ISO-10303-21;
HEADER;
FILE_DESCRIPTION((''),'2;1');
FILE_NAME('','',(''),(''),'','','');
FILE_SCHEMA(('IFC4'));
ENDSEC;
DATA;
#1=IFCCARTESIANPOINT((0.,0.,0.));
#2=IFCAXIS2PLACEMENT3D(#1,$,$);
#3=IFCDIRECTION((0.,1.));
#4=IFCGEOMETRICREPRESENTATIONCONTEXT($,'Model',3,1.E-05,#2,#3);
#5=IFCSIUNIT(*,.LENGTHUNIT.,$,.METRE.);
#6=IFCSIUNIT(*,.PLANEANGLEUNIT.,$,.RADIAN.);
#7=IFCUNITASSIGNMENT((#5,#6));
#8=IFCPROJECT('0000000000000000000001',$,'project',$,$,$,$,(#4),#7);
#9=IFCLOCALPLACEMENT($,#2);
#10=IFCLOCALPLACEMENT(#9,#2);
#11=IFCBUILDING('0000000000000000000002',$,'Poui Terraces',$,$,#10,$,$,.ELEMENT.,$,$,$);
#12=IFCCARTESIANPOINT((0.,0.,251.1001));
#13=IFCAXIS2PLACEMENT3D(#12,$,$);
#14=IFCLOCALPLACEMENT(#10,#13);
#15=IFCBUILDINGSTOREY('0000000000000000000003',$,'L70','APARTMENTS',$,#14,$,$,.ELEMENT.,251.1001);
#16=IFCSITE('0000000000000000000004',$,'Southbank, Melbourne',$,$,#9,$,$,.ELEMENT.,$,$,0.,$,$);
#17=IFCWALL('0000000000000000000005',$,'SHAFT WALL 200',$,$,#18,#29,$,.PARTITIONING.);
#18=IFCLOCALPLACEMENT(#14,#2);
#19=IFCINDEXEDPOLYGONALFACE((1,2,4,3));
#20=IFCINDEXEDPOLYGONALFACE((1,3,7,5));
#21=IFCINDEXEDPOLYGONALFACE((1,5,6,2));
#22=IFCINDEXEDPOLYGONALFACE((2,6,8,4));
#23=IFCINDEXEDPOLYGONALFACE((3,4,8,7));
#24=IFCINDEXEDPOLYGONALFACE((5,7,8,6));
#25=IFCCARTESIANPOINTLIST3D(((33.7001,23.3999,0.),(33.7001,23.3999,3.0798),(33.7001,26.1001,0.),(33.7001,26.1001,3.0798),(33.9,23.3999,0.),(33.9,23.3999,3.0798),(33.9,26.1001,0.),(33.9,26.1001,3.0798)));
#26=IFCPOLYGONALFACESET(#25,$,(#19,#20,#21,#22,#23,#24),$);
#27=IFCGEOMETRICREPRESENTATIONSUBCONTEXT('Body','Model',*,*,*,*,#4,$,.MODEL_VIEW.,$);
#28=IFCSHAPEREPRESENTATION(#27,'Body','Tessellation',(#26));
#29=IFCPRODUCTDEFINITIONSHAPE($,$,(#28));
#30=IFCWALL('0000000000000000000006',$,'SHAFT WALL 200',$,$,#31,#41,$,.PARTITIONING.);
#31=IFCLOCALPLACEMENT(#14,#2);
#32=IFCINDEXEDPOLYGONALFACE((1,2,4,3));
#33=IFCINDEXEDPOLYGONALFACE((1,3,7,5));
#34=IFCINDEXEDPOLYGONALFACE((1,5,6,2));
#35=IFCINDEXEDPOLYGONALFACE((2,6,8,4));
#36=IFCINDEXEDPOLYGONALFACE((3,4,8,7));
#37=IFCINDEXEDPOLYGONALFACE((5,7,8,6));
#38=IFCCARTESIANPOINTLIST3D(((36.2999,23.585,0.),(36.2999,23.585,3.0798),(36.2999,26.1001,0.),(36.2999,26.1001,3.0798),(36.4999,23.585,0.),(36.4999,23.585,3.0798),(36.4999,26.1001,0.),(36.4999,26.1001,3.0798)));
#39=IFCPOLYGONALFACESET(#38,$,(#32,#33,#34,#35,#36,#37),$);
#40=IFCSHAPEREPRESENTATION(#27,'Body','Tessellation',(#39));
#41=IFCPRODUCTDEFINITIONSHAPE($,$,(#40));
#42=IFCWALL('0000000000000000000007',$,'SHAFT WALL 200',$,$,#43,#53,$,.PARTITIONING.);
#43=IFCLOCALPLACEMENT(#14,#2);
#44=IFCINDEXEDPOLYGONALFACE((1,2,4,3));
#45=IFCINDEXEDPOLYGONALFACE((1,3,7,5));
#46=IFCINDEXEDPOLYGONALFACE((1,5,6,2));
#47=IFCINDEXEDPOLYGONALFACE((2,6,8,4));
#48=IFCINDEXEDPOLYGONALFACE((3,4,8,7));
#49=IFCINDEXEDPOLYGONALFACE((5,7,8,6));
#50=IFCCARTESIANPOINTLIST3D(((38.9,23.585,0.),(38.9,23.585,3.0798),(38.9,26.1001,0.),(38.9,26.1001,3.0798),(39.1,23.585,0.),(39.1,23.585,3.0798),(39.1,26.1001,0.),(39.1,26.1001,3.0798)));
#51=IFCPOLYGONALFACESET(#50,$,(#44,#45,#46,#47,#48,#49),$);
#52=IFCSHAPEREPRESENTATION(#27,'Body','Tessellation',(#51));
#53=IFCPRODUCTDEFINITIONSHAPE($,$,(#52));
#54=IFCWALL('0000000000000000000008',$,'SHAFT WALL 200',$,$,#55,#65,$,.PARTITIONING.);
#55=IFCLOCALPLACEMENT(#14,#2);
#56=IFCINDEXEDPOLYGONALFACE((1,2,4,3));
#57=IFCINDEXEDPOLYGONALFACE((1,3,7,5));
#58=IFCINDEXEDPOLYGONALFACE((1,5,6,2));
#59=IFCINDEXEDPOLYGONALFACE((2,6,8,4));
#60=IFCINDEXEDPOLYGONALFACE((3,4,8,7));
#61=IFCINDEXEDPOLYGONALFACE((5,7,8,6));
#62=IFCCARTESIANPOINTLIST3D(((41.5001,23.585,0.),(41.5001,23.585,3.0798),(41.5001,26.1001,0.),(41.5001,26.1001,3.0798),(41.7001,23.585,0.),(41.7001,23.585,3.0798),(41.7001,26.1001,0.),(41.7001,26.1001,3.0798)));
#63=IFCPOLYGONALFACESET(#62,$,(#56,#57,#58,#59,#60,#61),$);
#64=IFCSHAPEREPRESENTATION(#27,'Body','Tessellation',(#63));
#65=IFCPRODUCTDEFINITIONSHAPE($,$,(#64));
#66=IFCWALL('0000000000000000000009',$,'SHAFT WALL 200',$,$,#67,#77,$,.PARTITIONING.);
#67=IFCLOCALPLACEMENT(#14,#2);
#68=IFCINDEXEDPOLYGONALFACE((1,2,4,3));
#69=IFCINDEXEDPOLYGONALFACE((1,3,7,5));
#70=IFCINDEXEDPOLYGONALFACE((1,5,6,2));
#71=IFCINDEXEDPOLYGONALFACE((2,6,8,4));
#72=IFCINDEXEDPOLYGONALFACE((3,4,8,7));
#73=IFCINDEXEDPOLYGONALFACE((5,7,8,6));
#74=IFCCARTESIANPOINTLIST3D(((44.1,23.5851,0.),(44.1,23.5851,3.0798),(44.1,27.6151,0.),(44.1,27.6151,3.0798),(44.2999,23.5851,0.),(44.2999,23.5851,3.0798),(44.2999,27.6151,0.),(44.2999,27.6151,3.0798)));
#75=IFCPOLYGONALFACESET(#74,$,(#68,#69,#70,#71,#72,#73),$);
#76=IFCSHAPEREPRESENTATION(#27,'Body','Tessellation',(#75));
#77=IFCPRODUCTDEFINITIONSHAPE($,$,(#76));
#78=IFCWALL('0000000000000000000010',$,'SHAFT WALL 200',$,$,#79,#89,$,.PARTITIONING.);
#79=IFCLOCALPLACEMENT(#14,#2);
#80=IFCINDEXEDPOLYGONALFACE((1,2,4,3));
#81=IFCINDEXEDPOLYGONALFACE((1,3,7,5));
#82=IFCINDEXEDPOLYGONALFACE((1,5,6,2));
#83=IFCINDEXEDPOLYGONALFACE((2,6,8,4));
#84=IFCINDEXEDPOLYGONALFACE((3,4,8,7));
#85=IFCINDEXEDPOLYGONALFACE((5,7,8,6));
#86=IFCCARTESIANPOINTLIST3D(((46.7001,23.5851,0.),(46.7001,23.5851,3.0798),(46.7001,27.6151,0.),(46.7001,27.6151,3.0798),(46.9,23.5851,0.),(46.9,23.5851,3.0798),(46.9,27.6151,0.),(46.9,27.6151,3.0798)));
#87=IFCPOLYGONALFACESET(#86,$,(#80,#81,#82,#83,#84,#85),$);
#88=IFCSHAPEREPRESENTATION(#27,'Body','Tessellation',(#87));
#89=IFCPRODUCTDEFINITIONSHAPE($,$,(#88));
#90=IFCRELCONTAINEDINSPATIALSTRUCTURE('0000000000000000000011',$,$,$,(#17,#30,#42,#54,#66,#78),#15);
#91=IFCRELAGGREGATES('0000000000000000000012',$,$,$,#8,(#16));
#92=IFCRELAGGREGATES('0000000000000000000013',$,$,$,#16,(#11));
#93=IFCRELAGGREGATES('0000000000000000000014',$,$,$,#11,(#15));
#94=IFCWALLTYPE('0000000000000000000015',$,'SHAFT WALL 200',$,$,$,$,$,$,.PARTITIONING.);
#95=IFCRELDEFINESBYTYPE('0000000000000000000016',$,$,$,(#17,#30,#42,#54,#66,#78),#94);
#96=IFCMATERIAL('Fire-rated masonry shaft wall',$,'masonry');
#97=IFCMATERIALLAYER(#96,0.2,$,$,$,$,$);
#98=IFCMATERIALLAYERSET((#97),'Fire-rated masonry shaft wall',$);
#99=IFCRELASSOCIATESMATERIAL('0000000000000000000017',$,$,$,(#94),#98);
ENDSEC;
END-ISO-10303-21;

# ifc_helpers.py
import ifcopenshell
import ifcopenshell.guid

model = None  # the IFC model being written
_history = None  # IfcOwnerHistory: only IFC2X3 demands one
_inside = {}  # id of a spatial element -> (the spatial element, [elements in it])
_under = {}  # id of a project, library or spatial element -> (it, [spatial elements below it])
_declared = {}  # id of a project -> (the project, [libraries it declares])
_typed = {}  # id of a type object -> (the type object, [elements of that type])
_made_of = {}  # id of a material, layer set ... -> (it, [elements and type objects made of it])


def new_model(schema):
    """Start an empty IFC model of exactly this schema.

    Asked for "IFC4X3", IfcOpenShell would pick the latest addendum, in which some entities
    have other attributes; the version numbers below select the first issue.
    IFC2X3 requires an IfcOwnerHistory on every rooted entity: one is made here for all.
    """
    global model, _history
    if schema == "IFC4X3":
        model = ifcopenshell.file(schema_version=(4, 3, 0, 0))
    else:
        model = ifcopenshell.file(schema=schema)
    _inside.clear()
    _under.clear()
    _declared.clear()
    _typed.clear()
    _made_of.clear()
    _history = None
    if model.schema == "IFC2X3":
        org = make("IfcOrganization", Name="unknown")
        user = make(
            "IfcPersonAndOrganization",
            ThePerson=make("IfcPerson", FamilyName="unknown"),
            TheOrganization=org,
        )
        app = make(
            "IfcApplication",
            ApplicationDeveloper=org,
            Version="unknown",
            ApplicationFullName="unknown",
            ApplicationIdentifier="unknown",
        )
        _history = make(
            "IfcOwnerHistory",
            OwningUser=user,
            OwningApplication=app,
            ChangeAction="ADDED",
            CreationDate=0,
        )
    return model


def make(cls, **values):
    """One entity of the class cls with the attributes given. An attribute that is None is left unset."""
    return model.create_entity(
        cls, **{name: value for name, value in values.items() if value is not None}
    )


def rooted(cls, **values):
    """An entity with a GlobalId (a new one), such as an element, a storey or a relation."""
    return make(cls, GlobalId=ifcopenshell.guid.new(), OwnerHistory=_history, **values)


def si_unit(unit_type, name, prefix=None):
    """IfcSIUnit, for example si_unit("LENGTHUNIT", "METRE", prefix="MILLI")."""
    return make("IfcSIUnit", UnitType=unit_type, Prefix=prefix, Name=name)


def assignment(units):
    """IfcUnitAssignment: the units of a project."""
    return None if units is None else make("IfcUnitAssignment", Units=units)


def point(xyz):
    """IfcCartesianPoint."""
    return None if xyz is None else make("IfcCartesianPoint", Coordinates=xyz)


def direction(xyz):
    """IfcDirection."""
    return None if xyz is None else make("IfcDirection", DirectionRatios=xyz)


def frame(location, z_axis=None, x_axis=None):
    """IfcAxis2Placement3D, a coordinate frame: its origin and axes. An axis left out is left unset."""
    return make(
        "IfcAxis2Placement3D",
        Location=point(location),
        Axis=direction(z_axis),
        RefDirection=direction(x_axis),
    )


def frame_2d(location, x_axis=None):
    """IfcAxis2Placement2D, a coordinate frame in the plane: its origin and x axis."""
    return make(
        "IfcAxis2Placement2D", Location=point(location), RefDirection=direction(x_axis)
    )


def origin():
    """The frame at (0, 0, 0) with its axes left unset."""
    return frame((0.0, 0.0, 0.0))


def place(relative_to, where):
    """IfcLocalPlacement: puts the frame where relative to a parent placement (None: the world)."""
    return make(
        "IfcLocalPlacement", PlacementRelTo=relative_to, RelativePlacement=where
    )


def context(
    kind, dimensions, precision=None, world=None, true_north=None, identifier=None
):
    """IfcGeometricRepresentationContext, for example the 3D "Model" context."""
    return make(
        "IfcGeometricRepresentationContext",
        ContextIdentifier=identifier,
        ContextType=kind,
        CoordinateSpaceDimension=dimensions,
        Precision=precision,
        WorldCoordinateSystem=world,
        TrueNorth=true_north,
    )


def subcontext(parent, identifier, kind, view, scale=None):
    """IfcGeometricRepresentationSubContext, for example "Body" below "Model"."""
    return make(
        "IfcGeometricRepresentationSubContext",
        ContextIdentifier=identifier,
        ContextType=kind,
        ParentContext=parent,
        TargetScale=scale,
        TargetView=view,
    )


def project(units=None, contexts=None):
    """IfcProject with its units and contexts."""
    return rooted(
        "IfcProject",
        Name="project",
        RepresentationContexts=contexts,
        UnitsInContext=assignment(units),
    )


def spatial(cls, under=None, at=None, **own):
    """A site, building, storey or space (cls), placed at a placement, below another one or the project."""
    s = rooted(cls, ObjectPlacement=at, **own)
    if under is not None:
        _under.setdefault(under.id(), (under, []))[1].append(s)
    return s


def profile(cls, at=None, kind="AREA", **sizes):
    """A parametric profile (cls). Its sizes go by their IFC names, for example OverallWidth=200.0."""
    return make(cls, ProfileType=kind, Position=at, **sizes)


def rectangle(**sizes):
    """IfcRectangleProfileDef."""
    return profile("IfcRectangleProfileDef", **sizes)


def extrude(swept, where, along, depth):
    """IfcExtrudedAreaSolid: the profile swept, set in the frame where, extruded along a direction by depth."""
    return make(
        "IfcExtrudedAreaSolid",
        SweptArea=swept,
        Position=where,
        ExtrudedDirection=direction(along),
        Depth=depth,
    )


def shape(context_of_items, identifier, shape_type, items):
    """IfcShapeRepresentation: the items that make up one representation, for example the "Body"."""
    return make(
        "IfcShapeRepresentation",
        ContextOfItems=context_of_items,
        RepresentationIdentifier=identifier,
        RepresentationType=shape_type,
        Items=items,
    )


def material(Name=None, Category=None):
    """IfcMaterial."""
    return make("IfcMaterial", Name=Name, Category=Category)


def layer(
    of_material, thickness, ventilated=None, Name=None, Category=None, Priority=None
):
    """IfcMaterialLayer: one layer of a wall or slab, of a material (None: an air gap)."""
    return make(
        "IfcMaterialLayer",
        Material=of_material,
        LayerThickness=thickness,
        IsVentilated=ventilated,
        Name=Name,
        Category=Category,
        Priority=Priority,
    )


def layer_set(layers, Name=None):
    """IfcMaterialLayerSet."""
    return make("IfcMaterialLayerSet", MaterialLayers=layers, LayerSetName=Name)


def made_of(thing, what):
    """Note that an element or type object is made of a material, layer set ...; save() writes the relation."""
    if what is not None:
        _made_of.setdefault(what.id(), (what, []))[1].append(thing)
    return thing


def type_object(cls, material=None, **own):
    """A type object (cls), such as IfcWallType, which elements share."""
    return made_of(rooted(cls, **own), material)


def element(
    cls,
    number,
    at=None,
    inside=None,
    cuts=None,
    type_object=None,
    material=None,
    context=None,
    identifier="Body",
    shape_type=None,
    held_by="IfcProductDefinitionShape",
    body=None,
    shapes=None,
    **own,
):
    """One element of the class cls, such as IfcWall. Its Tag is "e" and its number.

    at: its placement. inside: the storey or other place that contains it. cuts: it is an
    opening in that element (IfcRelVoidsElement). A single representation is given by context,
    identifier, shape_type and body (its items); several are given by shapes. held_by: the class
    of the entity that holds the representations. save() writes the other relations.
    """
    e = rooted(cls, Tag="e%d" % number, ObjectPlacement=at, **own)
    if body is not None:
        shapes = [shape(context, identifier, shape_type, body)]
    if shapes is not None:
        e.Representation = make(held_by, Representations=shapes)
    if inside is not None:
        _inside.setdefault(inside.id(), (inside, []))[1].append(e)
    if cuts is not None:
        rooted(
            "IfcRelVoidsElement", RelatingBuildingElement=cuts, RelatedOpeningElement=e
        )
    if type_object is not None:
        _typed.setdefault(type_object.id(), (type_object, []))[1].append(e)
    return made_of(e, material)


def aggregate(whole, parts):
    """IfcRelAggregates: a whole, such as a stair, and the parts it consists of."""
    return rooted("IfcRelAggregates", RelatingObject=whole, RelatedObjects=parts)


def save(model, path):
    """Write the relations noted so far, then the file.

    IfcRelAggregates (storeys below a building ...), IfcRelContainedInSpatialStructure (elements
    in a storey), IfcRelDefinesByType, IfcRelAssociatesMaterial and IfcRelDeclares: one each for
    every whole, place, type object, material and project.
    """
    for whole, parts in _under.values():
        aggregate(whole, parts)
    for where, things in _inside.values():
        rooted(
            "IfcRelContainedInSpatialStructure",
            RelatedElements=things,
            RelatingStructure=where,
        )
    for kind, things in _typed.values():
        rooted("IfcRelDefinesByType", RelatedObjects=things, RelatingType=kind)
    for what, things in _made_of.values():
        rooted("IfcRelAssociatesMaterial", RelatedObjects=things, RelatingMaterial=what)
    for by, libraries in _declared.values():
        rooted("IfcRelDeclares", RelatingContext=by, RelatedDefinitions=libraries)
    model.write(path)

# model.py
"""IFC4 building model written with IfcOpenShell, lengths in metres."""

from ifc_helpers import new_model, si_unit, direction, frame, frame_2d, origin, place, context, subcontext, project, spatial, rectangle, extrude, material, layer, layer_set, type_object, element, save


model = new_model("IFC4")

# Units and contexts
model_context = context("Model", 3, precision=1e-05, world=origin(), true_north=direction((0.0, 1.0)))
body_context = subcontext(model_context, "Body", "Model", "MODEL_VIEW")
ifc_project = project(units=[si_unit("LENGTHUNIT", "METRE"), si_unit("PLANEANGLEUNIT", "RADIAN")], contexts=[model_context])

# Site, building, storey
site_placement = place(None, origin())
site = spatial("IfcSite", under=ifc_project, at=site_placement, Name="Southbank, Melbourne", CompositionType="ELEMENT", RefElevation=0.0)
building_placement = place(site_placement, origin())
building = spatial("IfcBuilding", under=site, at=building_placement, Name="Poui Terraces", CompositionType="ELEMENT")
storey_placement = place(building_placement, frame((0.0, 0.0, 251.1001)))
storey = spatial("IfcBuildingStorey", under=building, at=storey_placement, Name="L70", Description="APARTMENTS", CompositionType="ELEMENT", Elevation=251.1001)

# Walls
ifc_material_1 = material(Name="Fire-rated masonry shaft wall", Category="masonry")
ifc_layer_1 = layer(ifc_material_1, 0.2)
ifc_layer_set_1 = layer_set([ifc_layer_1], Name="Fire-rated masonry shaft wall")
wall_type_1 = type_object("IfcWallType", Name="SHAFT WALL 200", PredefinedType="PARTITIONING", material=ifc_layer_set_1)
wall_1_placement = place(storey_placement, frame((33.8, 23.3999, 0.0), z_axis=(0.0, 0.0, 1.0), x_axis=(0.0, 1.0, 0.0)))
element("IfcWall", 1, at=wall_1_placement, inside=storey, type_object=wall_type_1, Name="SHAFT WALL 200", PredefinedType="PARTITIONING", context=body_context, shape_type="SweptSolid", body=[
    extrude(rectangle(XDim=2.7002, YDim=0.2, at=frame_2d((1.3501, 0.0))), origin(), (0.0, 0.0, 1.0), 3.0798),
])
for number, where, z_axis, x_axis, name in (
    (2, (36.3999, 23.585, 0.0), (0.0, 0.0, 1.0), (0.0, 1.0, 0.0), "SHAFT WALL 200"),
    (3, (39.0, 23.585, 0.0), (0.0, 0.0, 1.0), (0.0, 1.0, 0.0), "SHAFT WALL 200"),
    (4, (41.6001, 23.585, 0.0), (0.0, 0.0, 1.0), (0.0, 1.0, 0.0), "SHAFT WALL 200"),
):
    element("IfcWall", number, at=place(storey_placement, frame(where, z_axis=z_axis, x_axis=x_axis)), inside=storey, type_object=wall_type_1, Name=name, PredefinedType="PARTITIONING", context=body_context, shape_type="SweptSolid", body=[
        extrude(rectangle(XDim=2.5151, YDim=0.2, at=frame_2d((1.2576, 0.0))), origin(), (0.0, 0.0, 1.0), 3.0798),
    ])
for number, where, z_axis, x_axis, name in (
    (5, (44.2, 23.585, 0.0), (0.0, 0.0, 1.0), (0.0, 1.0, 0.0), "SHAFT WALL 200"),
    (6, (46.8, 23.585, 0.0), (0.0, 0.0, 1.0), (0.0, 1.0, 0.0), "SHAFT WALL 200"),
):
    element("IfcWall", number, at=place(storey_placement, frame(where, z_axis=z_axis, x_axis=x_axis)), inside=storey, type_object=wall_type_1, Name=name, PredefinedType="PARTITIONING", context=body_context, shape_type="SweptSolid", body=[
        extrude(rectangle(XDim=4.03, YDim=0.2, at=frame_2d((2.0151, 0.0))), origin(), (0.0, 0.0, 1.0), 3.0798),
    ])

save(model, "model.ifc")
